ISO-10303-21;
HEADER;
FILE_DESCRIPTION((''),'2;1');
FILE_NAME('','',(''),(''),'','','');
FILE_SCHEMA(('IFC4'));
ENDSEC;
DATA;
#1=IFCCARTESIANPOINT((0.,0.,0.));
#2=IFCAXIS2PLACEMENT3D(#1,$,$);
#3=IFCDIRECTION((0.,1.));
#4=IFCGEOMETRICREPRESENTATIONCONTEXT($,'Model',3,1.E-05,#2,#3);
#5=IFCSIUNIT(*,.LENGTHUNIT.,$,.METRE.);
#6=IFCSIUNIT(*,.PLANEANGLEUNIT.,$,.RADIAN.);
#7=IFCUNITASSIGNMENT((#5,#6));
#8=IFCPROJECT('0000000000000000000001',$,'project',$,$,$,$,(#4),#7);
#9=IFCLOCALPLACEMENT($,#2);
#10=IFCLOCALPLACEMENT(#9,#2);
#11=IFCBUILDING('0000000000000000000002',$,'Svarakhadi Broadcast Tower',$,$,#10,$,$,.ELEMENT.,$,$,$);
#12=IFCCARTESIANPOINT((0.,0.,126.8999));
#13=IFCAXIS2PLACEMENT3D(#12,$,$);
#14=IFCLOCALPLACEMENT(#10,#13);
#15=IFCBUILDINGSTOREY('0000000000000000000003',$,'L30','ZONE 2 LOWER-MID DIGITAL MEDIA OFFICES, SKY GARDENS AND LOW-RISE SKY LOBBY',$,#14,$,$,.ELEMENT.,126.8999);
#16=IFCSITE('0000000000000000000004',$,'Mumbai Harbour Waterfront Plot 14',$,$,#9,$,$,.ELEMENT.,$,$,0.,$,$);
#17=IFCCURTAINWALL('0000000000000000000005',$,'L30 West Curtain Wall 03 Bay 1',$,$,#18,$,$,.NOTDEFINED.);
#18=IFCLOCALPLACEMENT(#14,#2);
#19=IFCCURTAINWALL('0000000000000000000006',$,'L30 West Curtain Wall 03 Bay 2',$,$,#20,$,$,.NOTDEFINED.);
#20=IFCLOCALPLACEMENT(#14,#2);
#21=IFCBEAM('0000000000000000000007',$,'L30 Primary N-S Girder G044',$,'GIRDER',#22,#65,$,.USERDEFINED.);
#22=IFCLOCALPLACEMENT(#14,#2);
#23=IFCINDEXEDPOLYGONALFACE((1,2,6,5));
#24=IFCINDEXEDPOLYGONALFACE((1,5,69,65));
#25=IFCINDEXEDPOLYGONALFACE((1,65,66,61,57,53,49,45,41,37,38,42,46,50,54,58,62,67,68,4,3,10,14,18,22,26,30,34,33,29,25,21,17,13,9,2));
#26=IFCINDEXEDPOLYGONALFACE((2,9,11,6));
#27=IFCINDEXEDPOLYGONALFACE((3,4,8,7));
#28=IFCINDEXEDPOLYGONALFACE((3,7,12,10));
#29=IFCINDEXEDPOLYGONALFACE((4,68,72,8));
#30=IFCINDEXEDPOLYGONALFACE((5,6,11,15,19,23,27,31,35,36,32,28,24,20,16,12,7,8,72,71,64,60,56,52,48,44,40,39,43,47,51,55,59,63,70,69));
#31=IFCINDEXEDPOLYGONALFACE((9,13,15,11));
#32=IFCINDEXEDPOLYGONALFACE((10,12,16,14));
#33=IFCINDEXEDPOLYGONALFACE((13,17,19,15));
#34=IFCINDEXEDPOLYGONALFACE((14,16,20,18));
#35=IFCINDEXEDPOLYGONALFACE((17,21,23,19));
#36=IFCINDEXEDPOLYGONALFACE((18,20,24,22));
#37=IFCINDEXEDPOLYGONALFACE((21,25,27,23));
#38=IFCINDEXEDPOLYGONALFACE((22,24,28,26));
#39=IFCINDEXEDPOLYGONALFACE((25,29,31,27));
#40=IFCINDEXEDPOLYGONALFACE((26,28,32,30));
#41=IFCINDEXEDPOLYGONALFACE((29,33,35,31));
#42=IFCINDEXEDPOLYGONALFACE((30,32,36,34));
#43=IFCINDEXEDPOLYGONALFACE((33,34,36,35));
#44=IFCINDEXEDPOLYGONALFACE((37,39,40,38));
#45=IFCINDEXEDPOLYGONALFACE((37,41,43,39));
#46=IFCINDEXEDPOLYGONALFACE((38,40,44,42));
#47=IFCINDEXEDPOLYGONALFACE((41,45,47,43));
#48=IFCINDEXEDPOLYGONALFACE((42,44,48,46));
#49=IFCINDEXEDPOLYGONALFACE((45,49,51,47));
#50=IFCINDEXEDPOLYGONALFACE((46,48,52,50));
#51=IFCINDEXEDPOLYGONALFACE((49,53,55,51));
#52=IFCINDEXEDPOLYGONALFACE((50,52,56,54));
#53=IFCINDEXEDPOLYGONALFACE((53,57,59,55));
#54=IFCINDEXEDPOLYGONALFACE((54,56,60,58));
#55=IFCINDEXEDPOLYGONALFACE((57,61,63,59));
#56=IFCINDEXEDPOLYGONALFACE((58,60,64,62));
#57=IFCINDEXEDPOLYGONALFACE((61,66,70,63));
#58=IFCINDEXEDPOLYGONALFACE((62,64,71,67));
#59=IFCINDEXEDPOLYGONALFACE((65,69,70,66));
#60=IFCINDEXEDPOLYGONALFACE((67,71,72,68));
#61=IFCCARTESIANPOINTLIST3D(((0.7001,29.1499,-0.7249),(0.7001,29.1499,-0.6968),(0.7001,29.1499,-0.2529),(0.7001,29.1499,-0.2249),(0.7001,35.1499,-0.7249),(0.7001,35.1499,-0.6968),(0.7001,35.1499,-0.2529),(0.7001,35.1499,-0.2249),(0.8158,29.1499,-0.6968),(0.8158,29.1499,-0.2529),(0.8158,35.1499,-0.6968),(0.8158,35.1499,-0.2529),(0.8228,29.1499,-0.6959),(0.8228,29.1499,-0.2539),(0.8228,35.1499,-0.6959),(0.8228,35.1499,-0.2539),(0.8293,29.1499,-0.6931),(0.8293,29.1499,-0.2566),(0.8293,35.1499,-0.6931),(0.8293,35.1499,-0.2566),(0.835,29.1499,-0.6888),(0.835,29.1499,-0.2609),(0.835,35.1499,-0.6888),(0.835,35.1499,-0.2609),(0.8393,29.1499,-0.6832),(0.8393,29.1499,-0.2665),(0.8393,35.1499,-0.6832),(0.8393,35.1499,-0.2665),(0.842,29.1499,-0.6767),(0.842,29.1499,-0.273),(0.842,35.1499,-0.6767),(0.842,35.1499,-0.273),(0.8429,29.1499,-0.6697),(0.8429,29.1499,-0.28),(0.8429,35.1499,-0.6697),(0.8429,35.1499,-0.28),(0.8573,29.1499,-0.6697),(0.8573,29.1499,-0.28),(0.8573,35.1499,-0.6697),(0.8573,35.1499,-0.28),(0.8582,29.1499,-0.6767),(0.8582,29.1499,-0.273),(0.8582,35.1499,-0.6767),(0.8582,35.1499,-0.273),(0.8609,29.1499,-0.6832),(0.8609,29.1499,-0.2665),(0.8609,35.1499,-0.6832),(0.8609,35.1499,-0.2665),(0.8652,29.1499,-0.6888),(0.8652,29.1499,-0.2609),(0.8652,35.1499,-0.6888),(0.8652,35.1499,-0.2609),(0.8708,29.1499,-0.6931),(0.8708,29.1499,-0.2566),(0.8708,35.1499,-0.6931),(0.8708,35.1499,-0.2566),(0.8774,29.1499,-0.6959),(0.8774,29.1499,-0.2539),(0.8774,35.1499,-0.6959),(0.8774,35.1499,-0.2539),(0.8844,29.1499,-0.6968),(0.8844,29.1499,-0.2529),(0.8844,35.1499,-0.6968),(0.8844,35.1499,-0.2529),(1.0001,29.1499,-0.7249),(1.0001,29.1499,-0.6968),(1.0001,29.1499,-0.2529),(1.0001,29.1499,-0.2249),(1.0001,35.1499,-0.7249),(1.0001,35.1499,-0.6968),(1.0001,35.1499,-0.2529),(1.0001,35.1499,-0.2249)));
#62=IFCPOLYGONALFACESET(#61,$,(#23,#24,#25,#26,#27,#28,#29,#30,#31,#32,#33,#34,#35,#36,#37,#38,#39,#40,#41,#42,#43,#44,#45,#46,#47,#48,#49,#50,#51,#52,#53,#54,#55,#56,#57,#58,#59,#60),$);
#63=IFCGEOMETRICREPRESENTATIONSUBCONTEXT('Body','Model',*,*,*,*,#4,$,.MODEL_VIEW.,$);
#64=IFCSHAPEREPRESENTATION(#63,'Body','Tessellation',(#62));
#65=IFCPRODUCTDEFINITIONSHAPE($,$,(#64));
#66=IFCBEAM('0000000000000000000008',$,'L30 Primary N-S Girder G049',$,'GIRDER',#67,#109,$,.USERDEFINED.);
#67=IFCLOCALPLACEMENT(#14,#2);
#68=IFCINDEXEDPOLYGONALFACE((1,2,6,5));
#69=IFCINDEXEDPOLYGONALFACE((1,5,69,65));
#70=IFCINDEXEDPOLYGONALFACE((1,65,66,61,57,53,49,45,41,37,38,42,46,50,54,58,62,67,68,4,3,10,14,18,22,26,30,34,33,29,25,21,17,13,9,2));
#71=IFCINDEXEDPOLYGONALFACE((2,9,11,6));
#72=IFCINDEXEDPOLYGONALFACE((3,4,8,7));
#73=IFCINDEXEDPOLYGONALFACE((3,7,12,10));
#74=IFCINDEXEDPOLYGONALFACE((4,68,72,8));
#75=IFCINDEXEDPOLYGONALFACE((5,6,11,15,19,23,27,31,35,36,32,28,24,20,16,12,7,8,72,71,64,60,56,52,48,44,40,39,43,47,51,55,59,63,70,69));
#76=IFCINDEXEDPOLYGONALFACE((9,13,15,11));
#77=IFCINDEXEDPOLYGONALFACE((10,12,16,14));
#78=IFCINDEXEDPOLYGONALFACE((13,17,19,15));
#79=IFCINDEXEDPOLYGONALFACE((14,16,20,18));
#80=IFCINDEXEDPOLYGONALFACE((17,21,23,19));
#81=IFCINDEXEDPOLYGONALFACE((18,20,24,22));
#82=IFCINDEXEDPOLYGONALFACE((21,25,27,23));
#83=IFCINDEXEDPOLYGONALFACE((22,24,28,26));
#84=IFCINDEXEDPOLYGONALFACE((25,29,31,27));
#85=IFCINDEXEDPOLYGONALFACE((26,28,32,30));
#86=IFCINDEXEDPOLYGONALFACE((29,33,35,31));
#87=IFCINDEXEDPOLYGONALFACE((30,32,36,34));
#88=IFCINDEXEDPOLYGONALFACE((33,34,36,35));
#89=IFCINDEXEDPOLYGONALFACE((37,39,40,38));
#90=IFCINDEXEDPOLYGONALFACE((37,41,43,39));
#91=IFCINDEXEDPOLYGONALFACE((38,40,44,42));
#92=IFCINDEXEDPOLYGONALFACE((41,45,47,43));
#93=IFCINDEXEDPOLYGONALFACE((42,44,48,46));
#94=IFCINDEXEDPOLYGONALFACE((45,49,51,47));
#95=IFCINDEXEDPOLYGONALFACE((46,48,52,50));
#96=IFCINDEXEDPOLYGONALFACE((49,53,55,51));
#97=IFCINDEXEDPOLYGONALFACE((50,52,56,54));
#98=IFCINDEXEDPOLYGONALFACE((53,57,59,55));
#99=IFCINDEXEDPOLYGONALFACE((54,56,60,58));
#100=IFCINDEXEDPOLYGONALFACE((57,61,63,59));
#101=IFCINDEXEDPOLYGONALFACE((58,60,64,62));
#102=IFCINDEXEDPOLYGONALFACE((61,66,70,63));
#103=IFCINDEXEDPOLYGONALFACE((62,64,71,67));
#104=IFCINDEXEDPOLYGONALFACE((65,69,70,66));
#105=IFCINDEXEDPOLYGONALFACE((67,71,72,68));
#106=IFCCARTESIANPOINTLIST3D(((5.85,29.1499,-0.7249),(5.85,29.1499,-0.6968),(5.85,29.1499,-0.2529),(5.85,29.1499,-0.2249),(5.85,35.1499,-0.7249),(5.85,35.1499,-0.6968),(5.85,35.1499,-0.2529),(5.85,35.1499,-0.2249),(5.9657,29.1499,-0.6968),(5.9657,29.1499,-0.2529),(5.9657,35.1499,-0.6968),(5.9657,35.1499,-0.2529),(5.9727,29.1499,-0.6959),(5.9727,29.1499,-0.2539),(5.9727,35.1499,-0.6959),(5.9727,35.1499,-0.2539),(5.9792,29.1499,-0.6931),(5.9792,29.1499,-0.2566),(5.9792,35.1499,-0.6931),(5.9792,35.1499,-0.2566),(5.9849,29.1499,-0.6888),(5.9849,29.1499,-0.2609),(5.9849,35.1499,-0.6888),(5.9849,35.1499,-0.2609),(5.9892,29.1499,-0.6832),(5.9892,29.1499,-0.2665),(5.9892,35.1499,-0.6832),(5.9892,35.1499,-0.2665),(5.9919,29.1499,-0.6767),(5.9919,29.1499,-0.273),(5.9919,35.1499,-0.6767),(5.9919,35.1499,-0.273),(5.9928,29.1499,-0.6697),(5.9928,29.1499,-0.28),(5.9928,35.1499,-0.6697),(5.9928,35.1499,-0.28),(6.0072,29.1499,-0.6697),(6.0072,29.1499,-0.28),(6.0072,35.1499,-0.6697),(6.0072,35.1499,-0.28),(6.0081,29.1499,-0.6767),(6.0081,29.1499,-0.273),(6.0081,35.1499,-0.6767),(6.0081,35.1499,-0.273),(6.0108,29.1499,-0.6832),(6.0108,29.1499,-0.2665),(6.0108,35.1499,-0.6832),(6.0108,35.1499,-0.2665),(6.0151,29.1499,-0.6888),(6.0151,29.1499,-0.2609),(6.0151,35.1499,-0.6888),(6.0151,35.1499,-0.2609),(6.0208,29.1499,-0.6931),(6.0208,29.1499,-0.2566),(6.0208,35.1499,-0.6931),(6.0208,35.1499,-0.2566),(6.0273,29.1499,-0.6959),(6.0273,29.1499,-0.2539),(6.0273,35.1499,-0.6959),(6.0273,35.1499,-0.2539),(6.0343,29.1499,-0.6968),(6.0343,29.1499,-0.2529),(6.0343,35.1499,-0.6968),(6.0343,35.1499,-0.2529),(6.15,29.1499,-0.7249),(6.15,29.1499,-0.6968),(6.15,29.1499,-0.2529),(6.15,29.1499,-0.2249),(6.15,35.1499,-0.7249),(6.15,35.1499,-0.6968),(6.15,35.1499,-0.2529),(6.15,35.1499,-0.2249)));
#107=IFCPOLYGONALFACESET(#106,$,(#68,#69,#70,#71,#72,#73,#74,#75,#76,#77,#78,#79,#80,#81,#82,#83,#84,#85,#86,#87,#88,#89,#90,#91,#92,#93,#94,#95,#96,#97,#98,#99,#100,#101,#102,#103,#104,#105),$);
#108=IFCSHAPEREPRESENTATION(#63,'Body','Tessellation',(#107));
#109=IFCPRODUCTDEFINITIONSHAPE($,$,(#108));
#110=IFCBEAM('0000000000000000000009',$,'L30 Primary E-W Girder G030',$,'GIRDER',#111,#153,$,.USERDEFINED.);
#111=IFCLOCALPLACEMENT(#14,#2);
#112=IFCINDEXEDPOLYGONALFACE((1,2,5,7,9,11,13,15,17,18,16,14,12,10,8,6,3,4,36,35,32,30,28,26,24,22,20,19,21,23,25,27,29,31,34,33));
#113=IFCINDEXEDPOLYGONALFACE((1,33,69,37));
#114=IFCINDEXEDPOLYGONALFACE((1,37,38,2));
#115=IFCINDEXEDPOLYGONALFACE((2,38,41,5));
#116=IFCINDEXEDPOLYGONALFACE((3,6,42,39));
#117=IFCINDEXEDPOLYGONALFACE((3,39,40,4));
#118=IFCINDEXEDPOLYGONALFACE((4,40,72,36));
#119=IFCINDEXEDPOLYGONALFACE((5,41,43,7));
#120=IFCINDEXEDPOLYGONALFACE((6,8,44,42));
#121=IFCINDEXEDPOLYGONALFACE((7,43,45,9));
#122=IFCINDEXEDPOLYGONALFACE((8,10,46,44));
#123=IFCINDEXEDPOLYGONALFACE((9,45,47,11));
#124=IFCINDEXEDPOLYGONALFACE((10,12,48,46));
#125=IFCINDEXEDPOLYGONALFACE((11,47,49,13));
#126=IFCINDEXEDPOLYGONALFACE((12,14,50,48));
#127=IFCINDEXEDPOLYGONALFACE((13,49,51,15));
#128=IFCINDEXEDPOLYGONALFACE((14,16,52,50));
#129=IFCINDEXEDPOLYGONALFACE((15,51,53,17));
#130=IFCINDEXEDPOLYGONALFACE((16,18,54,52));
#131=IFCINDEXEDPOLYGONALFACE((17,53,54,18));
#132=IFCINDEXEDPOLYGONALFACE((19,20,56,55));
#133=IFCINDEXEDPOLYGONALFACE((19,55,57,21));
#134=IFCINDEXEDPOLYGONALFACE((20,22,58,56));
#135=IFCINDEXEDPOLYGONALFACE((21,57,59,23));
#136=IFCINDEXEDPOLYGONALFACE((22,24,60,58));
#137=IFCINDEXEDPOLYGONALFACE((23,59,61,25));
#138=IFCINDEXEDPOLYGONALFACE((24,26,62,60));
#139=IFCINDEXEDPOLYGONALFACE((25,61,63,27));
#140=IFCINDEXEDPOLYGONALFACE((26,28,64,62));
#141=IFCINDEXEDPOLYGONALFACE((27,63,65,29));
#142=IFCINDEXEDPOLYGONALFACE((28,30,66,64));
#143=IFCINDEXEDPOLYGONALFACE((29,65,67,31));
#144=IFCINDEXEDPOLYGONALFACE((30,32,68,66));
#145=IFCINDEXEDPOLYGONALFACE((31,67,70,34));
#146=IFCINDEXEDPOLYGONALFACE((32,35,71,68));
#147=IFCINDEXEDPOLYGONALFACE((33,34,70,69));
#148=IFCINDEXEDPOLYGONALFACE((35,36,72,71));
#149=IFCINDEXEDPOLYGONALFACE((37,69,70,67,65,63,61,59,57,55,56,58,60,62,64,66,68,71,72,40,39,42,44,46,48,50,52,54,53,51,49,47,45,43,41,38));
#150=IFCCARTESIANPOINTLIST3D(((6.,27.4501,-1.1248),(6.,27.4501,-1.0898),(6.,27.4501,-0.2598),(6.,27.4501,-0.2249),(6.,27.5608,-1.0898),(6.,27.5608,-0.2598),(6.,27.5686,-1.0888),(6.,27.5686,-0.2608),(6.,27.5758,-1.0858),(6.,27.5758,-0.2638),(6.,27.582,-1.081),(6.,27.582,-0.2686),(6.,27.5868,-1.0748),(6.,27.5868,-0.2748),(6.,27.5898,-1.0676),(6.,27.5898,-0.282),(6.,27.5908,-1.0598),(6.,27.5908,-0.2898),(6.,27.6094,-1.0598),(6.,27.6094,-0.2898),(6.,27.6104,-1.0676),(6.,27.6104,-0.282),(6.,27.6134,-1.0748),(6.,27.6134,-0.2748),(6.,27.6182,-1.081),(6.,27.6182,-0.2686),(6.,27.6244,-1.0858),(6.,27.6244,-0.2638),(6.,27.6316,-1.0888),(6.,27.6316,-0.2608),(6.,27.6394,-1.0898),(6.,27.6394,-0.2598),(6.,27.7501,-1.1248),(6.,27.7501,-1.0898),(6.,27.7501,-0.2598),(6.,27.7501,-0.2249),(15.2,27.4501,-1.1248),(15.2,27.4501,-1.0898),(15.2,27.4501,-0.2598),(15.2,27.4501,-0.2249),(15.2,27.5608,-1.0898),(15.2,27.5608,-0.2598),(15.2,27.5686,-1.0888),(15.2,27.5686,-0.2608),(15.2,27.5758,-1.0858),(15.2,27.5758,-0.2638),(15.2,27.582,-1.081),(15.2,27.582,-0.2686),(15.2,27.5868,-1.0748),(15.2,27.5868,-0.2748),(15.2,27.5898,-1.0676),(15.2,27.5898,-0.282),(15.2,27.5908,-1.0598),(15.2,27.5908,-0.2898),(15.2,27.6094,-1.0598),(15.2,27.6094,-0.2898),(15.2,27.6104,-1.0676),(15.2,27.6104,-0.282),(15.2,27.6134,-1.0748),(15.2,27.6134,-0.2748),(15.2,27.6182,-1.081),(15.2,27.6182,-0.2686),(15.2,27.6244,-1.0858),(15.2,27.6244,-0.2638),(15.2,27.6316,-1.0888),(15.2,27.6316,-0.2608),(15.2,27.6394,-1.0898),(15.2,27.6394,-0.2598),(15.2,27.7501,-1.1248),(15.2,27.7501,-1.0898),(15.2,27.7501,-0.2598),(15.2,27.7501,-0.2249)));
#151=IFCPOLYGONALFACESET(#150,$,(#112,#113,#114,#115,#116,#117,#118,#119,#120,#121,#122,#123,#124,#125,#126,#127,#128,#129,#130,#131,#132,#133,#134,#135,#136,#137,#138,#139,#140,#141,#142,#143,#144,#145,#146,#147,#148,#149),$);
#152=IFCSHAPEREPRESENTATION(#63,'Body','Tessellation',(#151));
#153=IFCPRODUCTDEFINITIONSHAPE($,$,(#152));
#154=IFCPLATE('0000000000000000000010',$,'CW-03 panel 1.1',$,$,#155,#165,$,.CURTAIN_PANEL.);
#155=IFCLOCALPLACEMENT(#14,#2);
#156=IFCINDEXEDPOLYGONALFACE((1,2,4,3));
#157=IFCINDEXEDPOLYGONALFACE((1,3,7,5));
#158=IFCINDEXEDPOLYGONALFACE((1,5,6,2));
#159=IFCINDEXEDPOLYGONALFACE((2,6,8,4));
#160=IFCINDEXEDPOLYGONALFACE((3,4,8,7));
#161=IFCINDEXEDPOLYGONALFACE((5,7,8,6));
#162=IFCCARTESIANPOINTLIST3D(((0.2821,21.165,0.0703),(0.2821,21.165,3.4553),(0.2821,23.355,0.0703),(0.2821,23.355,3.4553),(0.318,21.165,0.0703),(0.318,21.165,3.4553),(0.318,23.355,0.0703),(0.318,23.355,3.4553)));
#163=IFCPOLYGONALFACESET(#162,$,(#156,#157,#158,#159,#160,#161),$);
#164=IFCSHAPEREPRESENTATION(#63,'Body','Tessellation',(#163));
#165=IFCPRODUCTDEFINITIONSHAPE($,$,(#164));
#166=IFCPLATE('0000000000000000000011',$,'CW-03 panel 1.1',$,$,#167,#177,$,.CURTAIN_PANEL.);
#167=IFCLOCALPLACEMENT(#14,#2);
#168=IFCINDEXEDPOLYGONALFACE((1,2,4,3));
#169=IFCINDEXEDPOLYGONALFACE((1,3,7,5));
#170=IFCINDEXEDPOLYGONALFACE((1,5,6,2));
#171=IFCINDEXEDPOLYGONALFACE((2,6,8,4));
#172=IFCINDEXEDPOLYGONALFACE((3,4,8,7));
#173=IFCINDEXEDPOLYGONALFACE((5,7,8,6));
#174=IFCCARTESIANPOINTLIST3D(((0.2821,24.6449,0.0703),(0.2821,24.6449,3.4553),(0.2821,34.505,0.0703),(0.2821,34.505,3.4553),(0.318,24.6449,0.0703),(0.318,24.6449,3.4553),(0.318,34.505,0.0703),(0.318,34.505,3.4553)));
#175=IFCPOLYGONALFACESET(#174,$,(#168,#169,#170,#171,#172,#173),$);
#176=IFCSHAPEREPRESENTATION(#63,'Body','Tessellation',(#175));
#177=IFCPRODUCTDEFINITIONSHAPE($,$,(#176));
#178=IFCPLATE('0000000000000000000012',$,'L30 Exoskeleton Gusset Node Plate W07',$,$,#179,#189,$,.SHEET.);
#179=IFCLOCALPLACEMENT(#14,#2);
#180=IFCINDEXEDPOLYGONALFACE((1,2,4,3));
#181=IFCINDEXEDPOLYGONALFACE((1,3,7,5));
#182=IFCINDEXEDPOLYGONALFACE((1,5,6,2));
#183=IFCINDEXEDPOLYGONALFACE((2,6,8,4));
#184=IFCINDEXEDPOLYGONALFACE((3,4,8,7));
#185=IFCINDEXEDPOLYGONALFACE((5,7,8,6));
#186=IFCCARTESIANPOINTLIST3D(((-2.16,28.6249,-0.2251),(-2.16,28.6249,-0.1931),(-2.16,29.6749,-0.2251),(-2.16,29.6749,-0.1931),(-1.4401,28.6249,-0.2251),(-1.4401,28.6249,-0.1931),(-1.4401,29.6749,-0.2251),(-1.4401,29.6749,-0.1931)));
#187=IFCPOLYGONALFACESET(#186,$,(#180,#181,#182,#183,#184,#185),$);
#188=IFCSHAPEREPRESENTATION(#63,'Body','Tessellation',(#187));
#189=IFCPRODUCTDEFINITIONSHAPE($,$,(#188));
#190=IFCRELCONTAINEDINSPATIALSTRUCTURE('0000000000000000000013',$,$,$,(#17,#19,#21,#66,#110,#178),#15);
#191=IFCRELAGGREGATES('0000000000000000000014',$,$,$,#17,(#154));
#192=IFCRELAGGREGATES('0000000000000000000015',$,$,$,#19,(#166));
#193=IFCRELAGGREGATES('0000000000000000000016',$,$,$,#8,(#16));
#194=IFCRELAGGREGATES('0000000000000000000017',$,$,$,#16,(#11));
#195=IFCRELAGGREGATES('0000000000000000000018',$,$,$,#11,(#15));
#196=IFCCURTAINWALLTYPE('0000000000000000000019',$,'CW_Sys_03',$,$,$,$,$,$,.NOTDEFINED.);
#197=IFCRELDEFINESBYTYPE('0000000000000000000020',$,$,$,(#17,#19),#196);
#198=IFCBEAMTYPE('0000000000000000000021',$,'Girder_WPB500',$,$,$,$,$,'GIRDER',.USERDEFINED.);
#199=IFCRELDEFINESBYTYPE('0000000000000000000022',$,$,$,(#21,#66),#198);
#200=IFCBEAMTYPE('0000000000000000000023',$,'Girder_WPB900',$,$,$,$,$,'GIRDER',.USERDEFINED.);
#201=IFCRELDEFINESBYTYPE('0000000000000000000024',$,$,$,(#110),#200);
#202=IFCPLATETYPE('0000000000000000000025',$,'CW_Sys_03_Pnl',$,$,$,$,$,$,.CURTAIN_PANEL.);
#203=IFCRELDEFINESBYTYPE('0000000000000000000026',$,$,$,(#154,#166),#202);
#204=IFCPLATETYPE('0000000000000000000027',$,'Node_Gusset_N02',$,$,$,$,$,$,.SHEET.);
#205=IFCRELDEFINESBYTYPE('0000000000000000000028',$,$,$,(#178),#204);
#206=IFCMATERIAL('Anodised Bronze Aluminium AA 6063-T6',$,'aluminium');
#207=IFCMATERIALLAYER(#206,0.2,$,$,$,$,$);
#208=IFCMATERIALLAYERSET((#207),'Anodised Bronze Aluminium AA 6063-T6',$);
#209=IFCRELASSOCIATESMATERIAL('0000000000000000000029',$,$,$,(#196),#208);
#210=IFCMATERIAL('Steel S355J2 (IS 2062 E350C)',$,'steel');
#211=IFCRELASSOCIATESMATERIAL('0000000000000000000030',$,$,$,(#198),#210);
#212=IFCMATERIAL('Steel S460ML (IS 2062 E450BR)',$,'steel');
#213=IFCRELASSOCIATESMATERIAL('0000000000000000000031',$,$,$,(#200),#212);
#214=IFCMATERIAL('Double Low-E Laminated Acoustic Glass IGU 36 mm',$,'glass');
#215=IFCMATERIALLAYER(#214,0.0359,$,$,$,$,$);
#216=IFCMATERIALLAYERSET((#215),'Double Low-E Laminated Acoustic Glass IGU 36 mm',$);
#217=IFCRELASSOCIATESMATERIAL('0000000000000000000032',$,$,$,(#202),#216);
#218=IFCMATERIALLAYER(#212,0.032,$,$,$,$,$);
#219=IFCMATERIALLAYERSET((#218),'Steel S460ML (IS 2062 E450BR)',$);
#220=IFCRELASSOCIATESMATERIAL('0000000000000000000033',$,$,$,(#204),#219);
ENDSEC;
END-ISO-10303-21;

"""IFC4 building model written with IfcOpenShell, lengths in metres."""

from ifc_helpers import new_model, si_unit, direction, frame, origin, origin_2d, place, context, subcontext, project, spatial, rectangle, i_section, extrude, material, layer, layer_set, material_profile, profile_set, type_object, element, aggregate, save


model = new_model("IFC4")

# Units and contexts
model_context = context("Model", 3, precision=1e-05, world=origin(), true_north=direction((0.0, 1.0)))
body_context = subcontext(model_context, "Body", "Model", "MODEL_VIEW")
ifc_project = project(units=[si_unit("LENGTHUNIT", "METRE"), si_unit("PLANEANGLEUNIT", "RADIAN")], contexts=[model_context])

# Site, building, storey
site_placement = place(None, origin())
site = spatial("IfcSite", under=ifc_project, at=site_placement, Name="Mumbai Harbour Waterfront Plot 14", CompositionType="ELEMENT", RefElevation=0.0)
building_placement = place(site_placement, origin())
building = spatial("IfcBuilding", under=site, at=building_placement, Name="Svarakhadi Broadcast Tower", CompositionType="ELEMENT")
storey_placement = place(building_placement, frame((0.0, 0.0, 126.8999)))
storey = spatial("IfcBuildingStorey", under=building, at=storey_placement, Name="L30", Description="ZONE 2 LOWER-MID DIGITAL MEDIA OFFICES, SKY GARDENS AND LOW-RISE SKY LOBBY", CompositionType="ELEMENT", Elevation=126.8999)

# Shared definitions
ifc_material_1 = material(Name="Steel S460ML (IS 2062 E450BR)", Category="steel")

# Shared definitions
ifc_material_2 = material(Name="Steel S355J2 (IS 2062 E350C)", Category="steel")

# Curtain wall
ifc_material_3 = material(Name="Anodised Bronze Aluminium AA 6063-T6", Category="aluminium")
ifc_layer_1 = layer(ifc_material_3, 0.2)
ifc_layer_set_1 = layer_set([ifc_layer_1], Name="Anodised Bronze Aluminium AA 6063-T6")
curtain_wall_type = type_object("IfcCurtainWallType", Name="CW_Sys_03", PredefinedType="NOTDEFINED", material=ifc_layer_set_1)
curtain_wall_1_placement = place(storey_placement, origin())
curtain_wall_1 = element("IfcCurtainWall", 1, at=curtain_wall_1_placement, inside=storey, type_object=curtain_wall_type, Name="L30 West Curtain Wall 03 Bay 1", PredefinedType="NOTDEFINED")

# Curtain wall
curtain_wall_2_placement = place(storey_placement, origin())
curtain_wall_2 = element("IfcCurtainWall", 2, at=curtain_wall_2_placement, inside=storey, type_object=curtain_wall_type, Name="L30 West Curtain Wall 03 Bay 2", PredefinedType="NOTDEFINED")

# Beams
ifc_material_profile_1 = material_profile(ifc_material_2, i_section(OverallWidth=0.3, OverallDepth=0.5, WebThickness=0.0144, FlangeThickness=0.0281, FilletRadius=0.0271, at=origin_2d()), Name="WPB 500x300x187")
ifc_profile_set_1 = profile_set([ifc_material_profile_1], Name="Steel S355J2 (IS 2062 E350C)")
beam_type_1 = type_object("IfcBeamType", Name="Girder_WPB500", ElementType="GIRDER", PredefinedType="USERDEFINED", material=ifc_profile_set_1)
for number, where, z_axis, x_axis, name in (
    (3, (0.8501, 29.1499, -0.4749), (0.0, 1.0, 0.0), (-1.0, 0.0, 0.0), "L30 Primary N-S Girder G044"),
    (4, (6.0, 29.1499, -0.4749), (0.0, 1.0, 0.0), (-1.0, 0.0, 0.0), "L30 Primary N-S Girder G049"),
):
    element("IfcBeam", number, at=place(storey_placement, frame(where, z_axis=z_axis, x_axis=x_axis)), inside=storey, type_object=beam_type_1, Name=name, ObjectType="GIRDER", PredefinedType="USERDEFINED", context=body_context, shape_type="SweptSolid", body=[
        extrude(i_section(OverallWidth=0.3, OverallDepth=0.5, WebThickness=0.0144, FlangeThickness=0.0281, FilletRadius=0.0271, at=origin_2d()), origin(), (0.0, 0.0, 1.0), 6.0),
    ])
ifc_material_profile_2 = material_profile(ifc_material_1, i_section(OverallWidth=0.3, OverallDepth=0.8999, WebThickness=0.0186, FlangeThickness=0.0349, FilletRadius=0.03, at=origin_2d()), Name="WPB 900x300x291")
ifc_profile_set_2 = profile_set([ifc_material_profile_2], Name="Steel S460ML (IS 2062 E450BR)")
beam_type_2 = type_object("IfcBeamType", Name="Girder_WPB900", ElementType="GIRDER", PredefinedType="USERDEFINED", material=ifc_profile_set_2)
beam_1_placement = place(storey_placement, frame((6.0, 27.6001, -0.6748), z_axis=(1.0, 0.0, 0.0), x_axis=(0.0, 1.0, 0.0)))
element("IfcBeam", 5, at=beam_1_placement, inside=storey, type_object=beam_type_2, Name="L30 Primary E-W Girder G030", ObjectType="GIRDER", PredefinedType="USERDEFINED", context=body_context, shape_type="SweptSolid", body=[
    extrude(i_section(OverallWidth=0.3, OverallDepth=0.8999, WebThickness=0.0186, FlangeThickness=0.0349, FilletRadius=0.03, at=origin_2d()), origin(), (0.0, 0.0, 1.0), 9.2),
])

# Plates
ifc_material_4 = material(Name="Double Low-E Laminated Acoustic Glass IGU 36 mm", Category="glass")
ifc_layer_2 = layer(ifc_material_4, 0.0359)
ifc_layer_set_2 = layer_set([ifc_layer_2], Name="Double Low-E Laminated Acoustic Glass IGU 36 mm")
plate_type_1 = type_object("IfcPlateType", Name="CW_Sys_03_Pnl", PredefinedType="CURTAIN_PANEL", material=ifc_layer_set_2)
plate_1_placement = place(storey_placement, frame((0.3, 22.26, 0.0703), z_axis=(0.0, 0.0, 1.0), x_axis=(0.0, 1.0, 0.0)))
plate_1 = element("IfcPlate", 6, at=plate_1_placement, type_object=plate_type_1, Name="CW-03 panel 1.1", PredefinedType="CURTAIN_PANEL", context=body_context, shape_type="SweptSolid", body=[
    extrude(rectangle(XDim=2.1899, YDim=0.0359, at=origin_2d()), origin(), (0.0, 0.0, 1.0), 3.385),
])
aggregate(curtain_wall_1, [plate_1])
plate_2_placement = place(storey_placement, frame((0.3, 29.575, 0.0703), z_axis=(0.0, 0.0, 1.0), x_axis=(0.0, 1.0, 0.0)))
plate_2 = element("IfcPlate", 7, at=plate_2_placement, type_object=plate_type_1, Name="CW-03 panel 1.1", PredefinedType="CURTAIN_PANEL", context=body_context, shape_type="SweptSolid", body=[
    extrude(rectangle(XDim=9.8601, YDim=0.0359, at=origin_2d()), origin(), (0.0, 0.0, 1.0), 3.385),
])
aggregate(curtain_wall_2, [plate_2])

# Plate
ifc_layer_3 = layer(ifc_material_1, 0.032)
ifc_layer_set_3 = layer_set([ifc_layer_3], Name="Steel S460ML (IS 2062 E450BR)")
plate_type_2 = type_object("IfcPlateType", Name="Node_Gusset_N02", PredefinedType="SHEET", material=ifc_layer_set_3)
plate_3_placement = place(storey_placement, frame((-1.8, 29.1499, -0.2251), z_axis=(0.0, 0.0, 1.0), x_axis=(0.0, 1.0, 0.0)))
element("IfcPlate", 8, at=plate_3_placement, inside=storey, type_object=plate_type_2, Name="L30 Exoskeleton Gusset Node Plate W07", PredefinedType="SHEET", context=body_context, shape_type="SweptSolid", body=[
    extrude(rectangle(XDim=1.05, YDim=0.72, at=origin_2d()), origin(), (0.0, 0.0, 1.0), 0.032),
])

save(model, "model.ifc")
